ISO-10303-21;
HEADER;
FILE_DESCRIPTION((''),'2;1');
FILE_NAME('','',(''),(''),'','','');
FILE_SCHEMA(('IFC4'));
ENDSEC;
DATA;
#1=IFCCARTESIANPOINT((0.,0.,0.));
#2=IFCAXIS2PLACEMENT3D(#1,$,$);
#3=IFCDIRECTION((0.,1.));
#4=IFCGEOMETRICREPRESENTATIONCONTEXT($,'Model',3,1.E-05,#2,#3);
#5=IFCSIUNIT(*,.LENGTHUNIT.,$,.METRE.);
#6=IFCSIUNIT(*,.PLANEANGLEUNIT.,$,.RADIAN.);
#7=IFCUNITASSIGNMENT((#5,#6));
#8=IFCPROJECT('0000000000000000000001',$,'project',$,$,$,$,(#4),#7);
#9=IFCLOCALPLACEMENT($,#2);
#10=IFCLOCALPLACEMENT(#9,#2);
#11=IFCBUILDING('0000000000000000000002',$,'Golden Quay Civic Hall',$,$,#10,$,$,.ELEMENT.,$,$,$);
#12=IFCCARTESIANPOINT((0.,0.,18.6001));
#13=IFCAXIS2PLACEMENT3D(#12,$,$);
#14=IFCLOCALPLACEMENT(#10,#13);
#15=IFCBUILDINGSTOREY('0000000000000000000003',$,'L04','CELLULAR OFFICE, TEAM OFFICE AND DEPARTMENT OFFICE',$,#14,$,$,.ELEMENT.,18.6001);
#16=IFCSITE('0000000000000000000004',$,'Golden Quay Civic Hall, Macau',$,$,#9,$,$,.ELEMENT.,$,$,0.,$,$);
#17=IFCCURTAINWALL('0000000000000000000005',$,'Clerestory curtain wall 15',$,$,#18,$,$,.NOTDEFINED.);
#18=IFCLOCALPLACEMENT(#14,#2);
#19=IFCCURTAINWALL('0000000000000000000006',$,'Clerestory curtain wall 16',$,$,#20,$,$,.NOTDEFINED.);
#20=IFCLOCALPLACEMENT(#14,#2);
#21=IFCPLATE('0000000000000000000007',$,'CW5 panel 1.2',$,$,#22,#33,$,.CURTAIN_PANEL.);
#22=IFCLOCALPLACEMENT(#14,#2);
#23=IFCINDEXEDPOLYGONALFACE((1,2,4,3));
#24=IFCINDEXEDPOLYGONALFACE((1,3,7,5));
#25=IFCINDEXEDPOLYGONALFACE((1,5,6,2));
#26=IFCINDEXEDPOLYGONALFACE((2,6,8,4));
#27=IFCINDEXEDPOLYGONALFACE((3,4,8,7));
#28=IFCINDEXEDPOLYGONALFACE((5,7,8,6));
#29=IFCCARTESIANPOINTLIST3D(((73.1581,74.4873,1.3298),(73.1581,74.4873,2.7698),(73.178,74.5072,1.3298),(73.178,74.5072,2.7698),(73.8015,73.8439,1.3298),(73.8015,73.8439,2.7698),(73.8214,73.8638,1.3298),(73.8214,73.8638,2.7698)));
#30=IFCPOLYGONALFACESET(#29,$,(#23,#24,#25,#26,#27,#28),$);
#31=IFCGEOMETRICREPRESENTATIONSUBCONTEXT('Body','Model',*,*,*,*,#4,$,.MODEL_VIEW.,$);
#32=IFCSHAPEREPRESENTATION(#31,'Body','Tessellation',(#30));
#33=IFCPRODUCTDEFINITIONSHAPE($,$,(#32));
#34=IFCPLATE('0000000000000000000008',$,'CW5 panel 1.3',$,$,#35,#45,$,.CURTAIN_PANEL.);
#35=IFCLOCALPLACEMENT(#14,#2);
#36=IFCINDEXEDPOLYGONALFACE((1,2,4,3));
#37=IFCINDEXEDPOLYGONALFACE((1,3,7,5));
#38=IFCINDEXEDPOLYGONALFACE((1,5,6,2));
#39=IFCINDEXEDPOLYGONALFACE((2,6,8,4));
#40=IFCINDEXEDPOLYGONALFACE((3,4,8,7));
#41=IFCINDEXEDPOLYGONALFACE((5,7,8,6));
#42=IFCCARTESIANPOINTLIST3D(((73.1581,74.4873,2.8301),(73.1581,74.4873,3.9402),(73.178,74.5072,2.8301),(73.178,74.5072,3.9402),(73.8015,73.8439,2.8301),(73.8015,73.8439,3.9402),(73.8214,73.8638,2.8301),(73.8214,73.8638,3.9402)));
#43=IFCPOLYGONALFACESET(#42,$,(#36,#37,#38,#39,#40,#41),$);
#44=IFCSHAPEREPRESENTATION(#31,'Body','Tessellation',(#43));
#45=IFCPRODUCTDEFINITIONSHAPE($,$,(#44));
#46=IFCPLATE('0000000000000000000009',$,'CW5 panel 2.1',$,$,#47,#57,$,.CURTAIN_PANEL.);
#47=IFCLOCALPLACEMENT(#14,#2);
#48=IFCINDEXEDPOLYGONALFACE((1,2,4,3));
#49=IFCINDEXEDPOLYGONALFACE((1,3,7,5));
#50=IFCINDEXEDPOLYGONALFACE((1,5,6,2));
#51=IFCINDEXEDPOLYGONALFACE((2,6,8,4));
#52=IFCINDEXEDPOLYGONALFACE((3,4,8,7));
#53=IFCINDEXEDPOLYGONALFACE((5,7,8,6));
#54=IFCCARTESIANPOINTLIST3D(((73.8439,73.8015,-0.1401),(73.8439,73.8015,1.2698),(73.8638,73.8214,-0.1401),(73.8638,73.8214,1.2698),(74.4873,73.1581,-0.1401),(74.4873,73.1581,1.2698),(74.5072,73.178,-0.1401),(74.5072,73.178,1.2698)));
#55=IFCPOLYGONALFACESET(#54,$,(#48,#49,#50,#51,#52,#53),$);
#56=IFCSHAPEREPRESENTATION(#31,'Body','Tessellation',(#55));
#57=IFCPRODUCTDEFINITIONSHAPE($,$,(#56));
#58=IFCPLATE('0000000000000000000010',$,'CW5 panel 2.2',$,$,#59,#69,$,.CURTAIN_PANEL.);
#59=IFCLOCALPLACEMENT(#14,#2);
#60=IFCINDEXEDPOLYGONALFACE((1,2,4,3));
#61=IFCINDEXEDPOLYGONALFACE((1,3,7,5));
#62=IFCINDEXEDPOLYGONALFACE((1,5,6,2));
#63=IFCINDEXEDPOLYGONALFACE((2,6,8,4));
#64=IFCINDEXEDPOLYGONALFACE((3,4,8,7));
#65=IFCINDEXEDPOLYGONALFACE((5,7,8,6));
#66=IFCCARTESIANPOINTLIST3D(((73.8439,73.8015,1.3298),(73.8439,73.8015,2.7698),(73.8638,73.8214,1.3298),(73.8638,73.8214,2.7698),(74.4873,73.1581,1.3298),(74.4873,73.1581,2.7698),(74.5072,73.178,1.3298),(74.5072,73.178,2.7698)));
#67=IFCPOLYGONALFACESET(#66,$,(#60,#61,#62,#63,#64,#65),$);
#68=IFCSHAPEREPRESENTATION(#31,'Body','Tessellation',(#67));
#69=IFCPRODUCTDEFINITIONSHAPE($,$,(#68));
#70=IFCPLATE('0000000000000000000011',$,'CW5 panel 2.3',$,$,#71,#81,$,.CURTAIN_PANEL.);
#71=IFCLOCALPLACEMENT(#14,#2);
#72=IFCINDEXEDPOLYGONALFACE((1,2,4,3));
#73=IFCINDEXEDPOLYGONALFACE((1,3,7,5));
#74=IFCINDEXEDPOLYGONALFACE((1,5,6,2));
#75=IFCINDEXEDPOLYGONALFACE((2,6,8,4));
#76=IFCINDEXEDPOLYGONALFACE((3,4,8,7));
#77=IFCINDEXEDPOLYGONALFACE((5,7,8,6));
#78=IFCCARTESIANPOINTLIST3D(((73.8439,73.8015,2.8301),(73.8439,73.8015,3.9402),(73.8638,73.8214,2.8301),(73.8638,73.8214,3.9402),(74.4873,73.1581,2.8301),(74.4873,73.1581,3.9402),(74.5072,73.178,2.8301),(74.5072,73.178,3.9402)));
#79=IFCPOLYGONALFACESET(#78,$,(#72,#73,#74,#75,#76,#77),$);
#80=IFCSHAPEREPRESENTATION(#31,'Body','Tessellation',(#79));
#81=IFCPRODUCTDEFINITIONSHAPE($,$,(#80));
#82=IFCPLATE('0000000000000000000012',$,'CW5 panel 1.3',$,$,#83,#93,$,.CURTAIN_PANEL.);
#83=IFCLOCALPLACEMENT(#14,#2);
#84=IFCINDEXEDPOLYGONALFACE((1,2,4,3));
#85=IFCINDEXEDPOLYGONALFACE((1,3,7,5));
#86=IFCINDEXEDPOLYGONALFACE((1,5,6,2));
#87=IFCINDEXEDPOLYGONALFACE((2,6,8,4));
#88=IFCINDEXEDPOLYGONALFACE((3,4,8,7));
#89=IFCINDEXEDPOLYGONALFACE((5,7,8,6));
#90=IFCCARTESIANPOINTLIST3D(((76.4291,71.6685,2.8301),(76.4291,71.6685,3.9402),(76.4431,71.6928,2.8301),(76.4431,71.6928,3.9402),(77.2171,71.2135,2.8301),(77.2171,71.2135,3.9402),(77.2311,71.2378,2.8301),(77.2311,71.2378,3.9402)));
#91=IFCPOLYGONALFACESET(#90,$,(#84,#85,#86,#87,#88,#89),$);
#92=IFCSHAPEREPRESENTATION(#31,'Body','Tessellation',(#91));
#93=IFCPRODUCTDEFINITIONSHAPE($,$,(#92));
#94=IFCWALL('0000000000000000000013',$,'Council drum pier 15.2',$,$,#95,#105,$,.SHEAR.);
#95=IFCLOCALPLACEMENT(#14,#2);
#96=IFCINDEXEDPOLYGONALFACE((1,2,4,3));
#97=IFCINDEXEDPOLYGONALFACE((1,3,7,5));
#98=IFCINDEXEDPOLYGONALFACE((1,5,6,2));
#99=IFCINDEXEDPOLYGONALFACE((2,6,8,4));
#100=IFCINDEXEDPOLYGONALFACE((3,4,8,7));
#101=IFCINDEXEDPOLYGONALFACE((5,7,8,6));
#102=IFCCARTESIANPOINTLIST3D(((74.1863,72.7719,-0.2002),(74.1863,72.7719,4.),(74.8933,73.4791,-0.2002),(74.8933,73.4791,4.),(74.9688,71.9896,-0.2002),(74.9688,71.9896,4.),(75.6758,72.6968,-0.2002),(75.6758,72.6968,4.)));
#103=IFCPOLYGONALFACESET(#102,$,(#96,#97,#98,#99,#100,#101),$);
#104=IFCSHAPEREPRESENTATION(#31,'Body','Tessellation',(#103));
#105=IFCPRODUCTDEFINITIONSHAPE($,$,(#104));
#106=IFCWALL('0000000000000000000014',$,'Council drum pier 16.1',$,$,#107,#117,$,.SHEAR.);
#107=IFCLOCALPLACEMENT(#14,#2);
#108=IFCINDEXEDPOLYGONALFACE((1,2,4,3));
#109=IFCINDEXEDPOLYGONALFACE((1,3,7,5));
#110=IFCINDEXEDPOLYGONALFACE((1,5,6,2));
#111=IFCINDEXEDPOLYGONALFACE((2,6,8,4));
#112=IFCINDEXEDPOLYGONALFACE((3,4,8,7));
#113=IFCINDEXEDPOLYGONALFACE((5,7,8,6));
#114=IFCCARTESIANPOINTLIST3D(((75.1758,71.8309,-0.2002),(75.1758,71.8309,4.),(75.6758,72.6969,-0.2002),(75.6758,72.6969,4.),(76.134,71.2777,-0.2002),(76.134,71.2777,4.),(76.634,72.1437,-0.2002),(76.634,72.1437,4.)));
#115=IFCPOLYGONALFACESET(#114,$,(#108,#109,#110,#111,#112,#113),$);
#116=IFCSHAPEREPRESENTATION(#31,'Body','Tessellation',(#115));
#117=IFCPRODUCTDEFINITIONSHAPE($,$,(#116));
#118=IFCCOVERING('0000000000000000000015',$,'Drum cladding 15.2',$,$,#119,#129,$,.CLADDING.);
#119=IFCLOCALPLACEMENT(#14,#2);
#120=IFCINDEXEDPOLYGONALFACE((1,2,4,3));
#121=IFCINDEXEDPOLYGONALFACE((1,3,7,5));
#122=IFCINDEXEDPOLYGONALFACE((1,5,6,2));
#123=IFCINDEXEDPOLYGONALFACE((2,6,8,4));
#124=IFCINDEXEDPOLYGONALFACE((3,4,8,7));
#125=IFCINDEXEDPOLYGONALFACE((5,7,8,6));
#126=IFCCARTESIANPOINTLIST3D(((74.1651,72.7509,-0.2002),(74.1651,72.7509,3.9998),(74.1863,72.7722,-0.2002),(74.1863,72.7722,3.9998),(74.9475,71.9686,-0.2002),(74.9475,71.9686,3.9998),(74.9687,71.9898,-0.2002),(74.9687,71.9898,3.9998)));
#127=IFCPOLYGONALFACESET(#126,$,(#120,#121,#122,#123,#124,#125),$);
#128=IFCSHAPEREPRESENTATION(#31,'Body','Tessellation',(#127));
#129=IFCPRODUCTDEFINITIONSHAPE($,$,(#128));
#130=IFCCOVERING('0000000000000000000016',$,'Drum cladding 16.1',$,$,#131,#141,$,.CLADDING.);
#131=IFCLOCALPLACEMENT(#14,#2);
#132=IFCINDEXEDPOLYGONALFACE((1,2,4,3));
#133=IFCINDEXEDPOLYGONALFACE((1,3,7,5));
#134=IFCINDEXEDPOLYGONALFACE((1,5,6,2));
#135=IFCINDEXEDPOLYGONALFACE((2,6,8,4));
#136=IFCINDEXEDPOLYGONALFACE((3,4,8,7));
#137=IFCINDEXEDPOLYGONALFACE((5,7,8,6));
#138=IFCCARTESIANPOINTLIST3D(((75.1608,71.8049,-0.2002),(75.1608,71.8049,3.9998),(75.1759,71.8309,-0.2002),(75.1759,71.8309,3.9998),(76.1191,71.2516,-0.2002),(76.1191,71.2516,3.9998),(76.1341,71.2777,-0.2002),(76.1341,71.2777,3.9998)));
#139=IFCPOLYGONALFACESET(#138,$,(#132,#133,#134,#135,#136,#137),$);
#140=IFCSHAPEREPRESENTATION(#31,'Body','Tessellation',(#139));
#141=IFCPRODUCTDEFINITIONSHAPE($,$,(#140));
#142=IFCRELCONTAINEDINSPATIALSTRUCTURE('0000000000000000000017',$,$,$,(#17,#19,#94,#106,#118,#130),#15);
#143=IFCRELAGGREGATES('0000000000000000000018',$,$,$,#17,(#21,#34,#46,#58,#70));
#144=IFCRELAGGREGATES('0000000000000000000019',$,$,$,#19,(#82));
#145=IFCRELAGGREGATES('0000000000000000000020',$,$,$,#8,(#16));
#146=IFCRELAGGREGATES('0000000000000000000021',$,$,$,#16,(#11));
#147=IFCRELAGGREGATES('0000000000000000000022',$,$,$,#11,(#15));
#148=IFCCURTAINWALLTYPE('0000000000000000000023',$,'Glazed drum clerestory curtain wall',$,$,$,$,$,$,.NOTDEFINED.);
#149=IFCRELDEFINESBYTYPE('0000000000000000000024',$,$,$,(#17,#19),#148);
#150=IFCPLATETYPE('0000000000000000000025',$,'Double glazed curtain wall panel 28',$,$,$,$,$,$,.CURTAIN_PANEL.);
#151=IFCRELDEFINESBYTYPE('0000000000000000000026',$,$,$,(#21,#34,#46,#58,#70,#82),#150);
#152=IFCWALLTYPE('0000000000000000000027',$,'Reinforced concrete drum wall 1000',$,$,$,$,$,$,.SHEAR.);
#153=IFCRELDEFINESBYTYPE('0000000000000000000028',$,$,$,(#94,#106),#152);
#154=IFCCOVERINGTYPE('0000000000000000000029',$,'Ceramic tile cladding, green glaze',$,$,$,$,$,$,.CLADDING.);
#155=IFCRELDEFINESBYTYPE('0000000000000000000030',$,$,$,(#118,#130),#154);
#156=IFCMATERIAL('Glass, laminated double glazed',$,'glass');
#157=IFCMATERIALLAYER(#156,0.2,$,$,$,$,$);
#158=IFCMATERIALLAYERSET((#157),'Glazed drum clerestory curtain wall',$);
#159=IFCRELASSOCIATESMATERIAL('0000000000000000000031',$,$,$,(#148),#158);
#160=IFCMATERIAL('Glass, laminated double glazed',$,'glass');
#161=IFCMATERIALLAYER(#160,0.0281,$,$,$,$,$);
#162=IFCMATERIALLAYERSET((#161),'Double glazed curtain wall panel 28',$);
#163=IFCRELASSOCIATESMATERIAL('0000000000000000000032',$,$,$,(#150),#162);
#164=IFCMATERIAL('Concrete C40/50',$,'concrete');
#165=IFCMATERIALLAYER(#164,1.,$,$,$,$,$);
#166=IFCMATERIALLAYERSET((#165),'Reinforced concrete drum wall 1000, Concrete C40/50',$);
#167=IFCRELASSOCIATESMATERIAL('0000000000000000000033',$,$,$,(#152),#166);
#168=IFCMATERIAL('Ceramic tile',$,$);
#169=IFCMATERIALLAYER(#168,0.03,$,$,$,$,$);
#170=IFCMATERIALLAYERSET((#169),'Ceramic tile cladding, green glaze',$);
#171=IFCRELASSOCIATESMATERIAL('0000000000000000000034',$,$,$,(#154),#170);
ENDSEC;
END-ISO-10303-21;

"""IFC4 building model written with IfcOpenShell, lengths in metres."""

from ifc_helpers import new_model, si_unit, direction, frame, frame_2d, origin, origin_2d, place, context, subcontext, project, spatial, rectangle, extrude, material, layer, layer_set, type_object, element, aggregate, save


model = new_model("IFC4")

# Units and contexts
model_context = context("Model", 3, precision=1e-05, world=origin(), true_north=direction((0.0, 1.0)))
body_context = subcontext(model_context, "Body", "Model", "MODEL_VIEW")
ifc_project = project(units=[si_unit("LENGTHUNIT", "METRE"), si_unit("PLANEANGLEUNIT", "RADIAN")], contexts=[model_context])

# Site, building, storey
site_placement = place(None, origin())
site = spatial("IfcSite", under=ifc_project, at=site_placement, Name="Golden Quay Civic Hall, Macau", CompositionType="ELEMENT", RefElevation=0.0)
building_placement = place(site_placement, origin())
building = spatial("IfcBuilding", under=site, at=building_placement, Name="Golden Quay Civic Hall", CompositionType="ELEMENT")
storey_placement = place(building_placement, frame((0.0, 0.0, 18.6001)))
storey = spatial("IfcBuildingStorey", under=building, at=storey_placement, Name="L04", Description="CELLULAR OFFICE, TEAM OFFICE AND DEPARTMENT OFFICE", CompositionType="ELEMENT", Elevation=18.6001)

# Curtain wall
ifc_material_1 = material(Name="Glass, laminated double glazed", Category="glass")
ifc_layer_1 = layer(ifc_material_1, 0.2)
ifc_layer_set_1 = layer_set([ifc_layer_1], Name="Glazed drum clerestory curtain wall")
curtain_wall_type = type_object("IfcCurtainWallType", Name="Glazed drum clerestory curtain wall", PredefinedType="NOTDEFINED", material=ifc_layer_set_1)
curtain_wall_1_placement = place(storey_placement, origin())
curtain_wall_1 = element("IfcCurtainWall", 1, at=curtain_wall_1_placement, inside=storey, type_object=curtain_wall_type, Name="Clerestory curtain wall 15", PredefinedType="NOTDEFINED")

# Curtain wall
curtain_wall_2_placement = place(storey_placement, origin())
curtain_wall_2 = element("IfcCurtainWall", 2, at=curtain_wall_2_placement, inside=storey, type_object=curtain_wall_type, Name="Clerestory curtain wall 16", PredefinedType="NOTDEFINED")

# Plates
ifc_material_2 = material(Name="Glass, laminated double glazed", Category="glass")
ifc_layer_2 = layer(ifc_material_2, 0.0281)
ifc_layer_set_2 = layer_set([ifc_layer_2], Name="Double glazed curtain wall panel 28")
plate_type = type_object("IfcPlateType", Name="Double glazed curtain wall panel 28", PredefinedType="CURTAIN_PANEL", material=ifc_layer_set_2)
plate_1_placement = place(storey_placement, frame((73.4897, 74.1755, 1.3298), z_axis=(0.0, 0.0, 1.0), x_axis=(0.707107, -0.707107, 0.0)))
plate_1 = element("IfcPlate", 3, at=plate_1_placement, type_object=plate_type, Name="CW5 panel 1.2", PredefinedType="CURTAIN_PANEL", context=body_context, shape_type="SweptSolid", body=[
    extrude(rectangle(XDim=0.9099, YDim=0.0281, at=origin_2d()), origin(), (0.0, 0.0, 1.0), 1.4399),
])
plate_2_placement = place(storey_placement, frame((73.4897, 74.1755, 2.8301), z_axis=(0.0, 0.0, 1.0), x_axis=(0.707107, -0.707107, 0.0)))
plate_2 = element("IfcPlate", 4, at=plate_2_placement, type_object=plate_type, Name="CW5 panel 1.3", PredefinedType="CURTAIN_PANEL", context=body_context, shape_type="SweptSolid", body=[
    extrude(rectangle(XDim=0.9099, YDim=0.0281, at=origin_2d()), origin(), (0.0, 0.0, 1.0), 1.1101),
])
plate_3_placement = place(storey_placement, frame((74.1755, 73.4897, -0.1401), z_axis=(0.0, 0.0, 1.0), x_axis=(0.707107, -0.707107, 0.0)))
plate_3 = element("IfcPlate", 5, at=plate_3_placement, type_object=plate_type, Name="CW5 panel 2.1", PredefinedType="CURTAIN_PANEL", context=body_context, shape_type="SweptSolid", body=[
    extrude(rectangle(XDim=0.9099, YDim=0.0281, at=origin_2d()), origin(), (0.0, 0.0, 1.0), 1.4099),
])
plate_4_placement = place(storey_placement, frame((74.1755, 73.4897, 1.3298), z_axis=(0.0, 0.0, 1.0), x_axis=(0.707107, -0.707107, 0.0)))
plate_4 = element("IfcPlate", 6, at=plate_4_placement, type_object=plate_type, Name="CW5 panel 2.2", PredefinedType="CURTAIN_PANEL", context=body_context, shape_type="SweptSolid", body=[
    extrude(rectangle(XDim=0.9099, YDim=0.0281, at=origin_2d()), origin(), (0.0, 0.0, 1.0), 1.4399),
])
plate_5_placement = place(storey_placement, frame((74.1755, 73.4897, 2.8301), z_axis=(0.0, 0.0, 1.0), x_axis=(0.707107, -0.707107, 0.0)))
plate_5 = element("IfcPlate", 7, at=plate_5_placement, type_object=plate_type, Name="CW5 panel 2.3", PredefinedType="CURTAIN_PANEL", context=body_context, shape_type="SweptSolid", body=[
    extrude(rectangle(XDim=0.9099, YDim=0.0281, at=origin_2d()), origin(), (0.0, 0.0, 1.0), 1.1101),
])
aggregate(curtain_wall_1, [plate_1, plate_2, plate_3, plate_4, plate_5])
plate_6_placement = place(storey_placement, frame((76.8301, 71.4531, 2.8301), z_axis=(0.0, 0.0, 1.0), x_axis=(0.866019, -0.500011, 0.0)))
plate_6 = element("IfcPlate", 8, at=plate_6_placement, type_object=plate_type, Name="CW5 panel 1.3", PredefinedType="CURTAIN_PANEL", context=body_context, shape_type="SweptSolid", body=[
    extrude(rectangle(XDim=0.9099, YDim=0.0281, at=origin_2d()), origin(), (0.0, 0.0, 1.0), 1.1101),
])
aggregate(curtain_wall_2, [plate_6])

# Walls
ifc_material_3 = material(Name="Concrete C40/50", Category="concrete")
ifc_layer_3 = layer(ifc_material_3, 1.0)
ifc_layer_set_3 = layer_set([ifc_layer_3], Name="Reinforced concrete drum wall 1000, Concrete C40/50")
wall_type = type_object("IfcWallType", Name="Reinforced concrete drum wall 1000", PredefinedType="SHEAR", material=ifc_layer_set_3)
for number, where, z_axis, x_axis, name in (
    (9, (74.5398, 73.1255, -0.2002), (0.0, 0.0, 1.0), (0.707217, -0.706996, 0.0), "Council drum pier 15.2"),
    (10, (75.4258, 72.2639, -0.2002), (0.0, 0.0, 1.0), (0.866035, -0.499983, 0.0), "Council drum pier 16.1"),
):
    element("IfcWall", number, at=place(storey_placement, frame(where, z_axis=z_axis, x_axis=x_axis)), inside=storey, type_object=wall_type, Name=name, PredefinedType="SHEAR", context=body_context, shape_type="SweptSolid", body=[
        extrude(rectangle(XDim=1.1064, YDim=1.0, at=frame_2d((0.5532, 0.0))), origin(), (0.0, 0.0, 1.0), 4.2002),
    ])

# Coverings
ifc_material_4 = material(Name="Ceramic tile")
ifc_layer_4 = layer(ifc_material_4, 0.03)
ifc_layer_set_4 = layer_set([ifc_layer_4], Name="Ceramic tile cladding, green glaze")
covering_type = type_object("IfcCoveringType", Name="Ceramic tile cladding, green glaze", PredefinedType="CLADDING", material=ifc_layer_set_4)
for number, where, z_axis, x_axis, name in (
    (11, (74.5669, 72.3704, -0.2002), (0.0, 0.0, 1.0), (0.707107, -0.707107, 0.0), "Drum cladding 15.2"),
    (12, (75.6475, 71.5413, -0.2002), (0.0, 0.0, 1.0), (0.866025, -0.5, 0.0), "Drum cladding 16.1"),
):
    element("IfcCovering", number, at=place(storey_placement, frame(where, z_axis=z_axis, x_axis=x_axis)), inside=storey, type_object=covering_type, Name=name, PredefinedType="CLADDING", context=body_context, shape_type="SweptSolid", body=[
        extrude(rectangle(XDim=1.1064, YDim=0.03, at=origin_2d()), origin(), (0.0, 0.0, 1.0), 4.2),
    ])

save(model, "model.ifc")
